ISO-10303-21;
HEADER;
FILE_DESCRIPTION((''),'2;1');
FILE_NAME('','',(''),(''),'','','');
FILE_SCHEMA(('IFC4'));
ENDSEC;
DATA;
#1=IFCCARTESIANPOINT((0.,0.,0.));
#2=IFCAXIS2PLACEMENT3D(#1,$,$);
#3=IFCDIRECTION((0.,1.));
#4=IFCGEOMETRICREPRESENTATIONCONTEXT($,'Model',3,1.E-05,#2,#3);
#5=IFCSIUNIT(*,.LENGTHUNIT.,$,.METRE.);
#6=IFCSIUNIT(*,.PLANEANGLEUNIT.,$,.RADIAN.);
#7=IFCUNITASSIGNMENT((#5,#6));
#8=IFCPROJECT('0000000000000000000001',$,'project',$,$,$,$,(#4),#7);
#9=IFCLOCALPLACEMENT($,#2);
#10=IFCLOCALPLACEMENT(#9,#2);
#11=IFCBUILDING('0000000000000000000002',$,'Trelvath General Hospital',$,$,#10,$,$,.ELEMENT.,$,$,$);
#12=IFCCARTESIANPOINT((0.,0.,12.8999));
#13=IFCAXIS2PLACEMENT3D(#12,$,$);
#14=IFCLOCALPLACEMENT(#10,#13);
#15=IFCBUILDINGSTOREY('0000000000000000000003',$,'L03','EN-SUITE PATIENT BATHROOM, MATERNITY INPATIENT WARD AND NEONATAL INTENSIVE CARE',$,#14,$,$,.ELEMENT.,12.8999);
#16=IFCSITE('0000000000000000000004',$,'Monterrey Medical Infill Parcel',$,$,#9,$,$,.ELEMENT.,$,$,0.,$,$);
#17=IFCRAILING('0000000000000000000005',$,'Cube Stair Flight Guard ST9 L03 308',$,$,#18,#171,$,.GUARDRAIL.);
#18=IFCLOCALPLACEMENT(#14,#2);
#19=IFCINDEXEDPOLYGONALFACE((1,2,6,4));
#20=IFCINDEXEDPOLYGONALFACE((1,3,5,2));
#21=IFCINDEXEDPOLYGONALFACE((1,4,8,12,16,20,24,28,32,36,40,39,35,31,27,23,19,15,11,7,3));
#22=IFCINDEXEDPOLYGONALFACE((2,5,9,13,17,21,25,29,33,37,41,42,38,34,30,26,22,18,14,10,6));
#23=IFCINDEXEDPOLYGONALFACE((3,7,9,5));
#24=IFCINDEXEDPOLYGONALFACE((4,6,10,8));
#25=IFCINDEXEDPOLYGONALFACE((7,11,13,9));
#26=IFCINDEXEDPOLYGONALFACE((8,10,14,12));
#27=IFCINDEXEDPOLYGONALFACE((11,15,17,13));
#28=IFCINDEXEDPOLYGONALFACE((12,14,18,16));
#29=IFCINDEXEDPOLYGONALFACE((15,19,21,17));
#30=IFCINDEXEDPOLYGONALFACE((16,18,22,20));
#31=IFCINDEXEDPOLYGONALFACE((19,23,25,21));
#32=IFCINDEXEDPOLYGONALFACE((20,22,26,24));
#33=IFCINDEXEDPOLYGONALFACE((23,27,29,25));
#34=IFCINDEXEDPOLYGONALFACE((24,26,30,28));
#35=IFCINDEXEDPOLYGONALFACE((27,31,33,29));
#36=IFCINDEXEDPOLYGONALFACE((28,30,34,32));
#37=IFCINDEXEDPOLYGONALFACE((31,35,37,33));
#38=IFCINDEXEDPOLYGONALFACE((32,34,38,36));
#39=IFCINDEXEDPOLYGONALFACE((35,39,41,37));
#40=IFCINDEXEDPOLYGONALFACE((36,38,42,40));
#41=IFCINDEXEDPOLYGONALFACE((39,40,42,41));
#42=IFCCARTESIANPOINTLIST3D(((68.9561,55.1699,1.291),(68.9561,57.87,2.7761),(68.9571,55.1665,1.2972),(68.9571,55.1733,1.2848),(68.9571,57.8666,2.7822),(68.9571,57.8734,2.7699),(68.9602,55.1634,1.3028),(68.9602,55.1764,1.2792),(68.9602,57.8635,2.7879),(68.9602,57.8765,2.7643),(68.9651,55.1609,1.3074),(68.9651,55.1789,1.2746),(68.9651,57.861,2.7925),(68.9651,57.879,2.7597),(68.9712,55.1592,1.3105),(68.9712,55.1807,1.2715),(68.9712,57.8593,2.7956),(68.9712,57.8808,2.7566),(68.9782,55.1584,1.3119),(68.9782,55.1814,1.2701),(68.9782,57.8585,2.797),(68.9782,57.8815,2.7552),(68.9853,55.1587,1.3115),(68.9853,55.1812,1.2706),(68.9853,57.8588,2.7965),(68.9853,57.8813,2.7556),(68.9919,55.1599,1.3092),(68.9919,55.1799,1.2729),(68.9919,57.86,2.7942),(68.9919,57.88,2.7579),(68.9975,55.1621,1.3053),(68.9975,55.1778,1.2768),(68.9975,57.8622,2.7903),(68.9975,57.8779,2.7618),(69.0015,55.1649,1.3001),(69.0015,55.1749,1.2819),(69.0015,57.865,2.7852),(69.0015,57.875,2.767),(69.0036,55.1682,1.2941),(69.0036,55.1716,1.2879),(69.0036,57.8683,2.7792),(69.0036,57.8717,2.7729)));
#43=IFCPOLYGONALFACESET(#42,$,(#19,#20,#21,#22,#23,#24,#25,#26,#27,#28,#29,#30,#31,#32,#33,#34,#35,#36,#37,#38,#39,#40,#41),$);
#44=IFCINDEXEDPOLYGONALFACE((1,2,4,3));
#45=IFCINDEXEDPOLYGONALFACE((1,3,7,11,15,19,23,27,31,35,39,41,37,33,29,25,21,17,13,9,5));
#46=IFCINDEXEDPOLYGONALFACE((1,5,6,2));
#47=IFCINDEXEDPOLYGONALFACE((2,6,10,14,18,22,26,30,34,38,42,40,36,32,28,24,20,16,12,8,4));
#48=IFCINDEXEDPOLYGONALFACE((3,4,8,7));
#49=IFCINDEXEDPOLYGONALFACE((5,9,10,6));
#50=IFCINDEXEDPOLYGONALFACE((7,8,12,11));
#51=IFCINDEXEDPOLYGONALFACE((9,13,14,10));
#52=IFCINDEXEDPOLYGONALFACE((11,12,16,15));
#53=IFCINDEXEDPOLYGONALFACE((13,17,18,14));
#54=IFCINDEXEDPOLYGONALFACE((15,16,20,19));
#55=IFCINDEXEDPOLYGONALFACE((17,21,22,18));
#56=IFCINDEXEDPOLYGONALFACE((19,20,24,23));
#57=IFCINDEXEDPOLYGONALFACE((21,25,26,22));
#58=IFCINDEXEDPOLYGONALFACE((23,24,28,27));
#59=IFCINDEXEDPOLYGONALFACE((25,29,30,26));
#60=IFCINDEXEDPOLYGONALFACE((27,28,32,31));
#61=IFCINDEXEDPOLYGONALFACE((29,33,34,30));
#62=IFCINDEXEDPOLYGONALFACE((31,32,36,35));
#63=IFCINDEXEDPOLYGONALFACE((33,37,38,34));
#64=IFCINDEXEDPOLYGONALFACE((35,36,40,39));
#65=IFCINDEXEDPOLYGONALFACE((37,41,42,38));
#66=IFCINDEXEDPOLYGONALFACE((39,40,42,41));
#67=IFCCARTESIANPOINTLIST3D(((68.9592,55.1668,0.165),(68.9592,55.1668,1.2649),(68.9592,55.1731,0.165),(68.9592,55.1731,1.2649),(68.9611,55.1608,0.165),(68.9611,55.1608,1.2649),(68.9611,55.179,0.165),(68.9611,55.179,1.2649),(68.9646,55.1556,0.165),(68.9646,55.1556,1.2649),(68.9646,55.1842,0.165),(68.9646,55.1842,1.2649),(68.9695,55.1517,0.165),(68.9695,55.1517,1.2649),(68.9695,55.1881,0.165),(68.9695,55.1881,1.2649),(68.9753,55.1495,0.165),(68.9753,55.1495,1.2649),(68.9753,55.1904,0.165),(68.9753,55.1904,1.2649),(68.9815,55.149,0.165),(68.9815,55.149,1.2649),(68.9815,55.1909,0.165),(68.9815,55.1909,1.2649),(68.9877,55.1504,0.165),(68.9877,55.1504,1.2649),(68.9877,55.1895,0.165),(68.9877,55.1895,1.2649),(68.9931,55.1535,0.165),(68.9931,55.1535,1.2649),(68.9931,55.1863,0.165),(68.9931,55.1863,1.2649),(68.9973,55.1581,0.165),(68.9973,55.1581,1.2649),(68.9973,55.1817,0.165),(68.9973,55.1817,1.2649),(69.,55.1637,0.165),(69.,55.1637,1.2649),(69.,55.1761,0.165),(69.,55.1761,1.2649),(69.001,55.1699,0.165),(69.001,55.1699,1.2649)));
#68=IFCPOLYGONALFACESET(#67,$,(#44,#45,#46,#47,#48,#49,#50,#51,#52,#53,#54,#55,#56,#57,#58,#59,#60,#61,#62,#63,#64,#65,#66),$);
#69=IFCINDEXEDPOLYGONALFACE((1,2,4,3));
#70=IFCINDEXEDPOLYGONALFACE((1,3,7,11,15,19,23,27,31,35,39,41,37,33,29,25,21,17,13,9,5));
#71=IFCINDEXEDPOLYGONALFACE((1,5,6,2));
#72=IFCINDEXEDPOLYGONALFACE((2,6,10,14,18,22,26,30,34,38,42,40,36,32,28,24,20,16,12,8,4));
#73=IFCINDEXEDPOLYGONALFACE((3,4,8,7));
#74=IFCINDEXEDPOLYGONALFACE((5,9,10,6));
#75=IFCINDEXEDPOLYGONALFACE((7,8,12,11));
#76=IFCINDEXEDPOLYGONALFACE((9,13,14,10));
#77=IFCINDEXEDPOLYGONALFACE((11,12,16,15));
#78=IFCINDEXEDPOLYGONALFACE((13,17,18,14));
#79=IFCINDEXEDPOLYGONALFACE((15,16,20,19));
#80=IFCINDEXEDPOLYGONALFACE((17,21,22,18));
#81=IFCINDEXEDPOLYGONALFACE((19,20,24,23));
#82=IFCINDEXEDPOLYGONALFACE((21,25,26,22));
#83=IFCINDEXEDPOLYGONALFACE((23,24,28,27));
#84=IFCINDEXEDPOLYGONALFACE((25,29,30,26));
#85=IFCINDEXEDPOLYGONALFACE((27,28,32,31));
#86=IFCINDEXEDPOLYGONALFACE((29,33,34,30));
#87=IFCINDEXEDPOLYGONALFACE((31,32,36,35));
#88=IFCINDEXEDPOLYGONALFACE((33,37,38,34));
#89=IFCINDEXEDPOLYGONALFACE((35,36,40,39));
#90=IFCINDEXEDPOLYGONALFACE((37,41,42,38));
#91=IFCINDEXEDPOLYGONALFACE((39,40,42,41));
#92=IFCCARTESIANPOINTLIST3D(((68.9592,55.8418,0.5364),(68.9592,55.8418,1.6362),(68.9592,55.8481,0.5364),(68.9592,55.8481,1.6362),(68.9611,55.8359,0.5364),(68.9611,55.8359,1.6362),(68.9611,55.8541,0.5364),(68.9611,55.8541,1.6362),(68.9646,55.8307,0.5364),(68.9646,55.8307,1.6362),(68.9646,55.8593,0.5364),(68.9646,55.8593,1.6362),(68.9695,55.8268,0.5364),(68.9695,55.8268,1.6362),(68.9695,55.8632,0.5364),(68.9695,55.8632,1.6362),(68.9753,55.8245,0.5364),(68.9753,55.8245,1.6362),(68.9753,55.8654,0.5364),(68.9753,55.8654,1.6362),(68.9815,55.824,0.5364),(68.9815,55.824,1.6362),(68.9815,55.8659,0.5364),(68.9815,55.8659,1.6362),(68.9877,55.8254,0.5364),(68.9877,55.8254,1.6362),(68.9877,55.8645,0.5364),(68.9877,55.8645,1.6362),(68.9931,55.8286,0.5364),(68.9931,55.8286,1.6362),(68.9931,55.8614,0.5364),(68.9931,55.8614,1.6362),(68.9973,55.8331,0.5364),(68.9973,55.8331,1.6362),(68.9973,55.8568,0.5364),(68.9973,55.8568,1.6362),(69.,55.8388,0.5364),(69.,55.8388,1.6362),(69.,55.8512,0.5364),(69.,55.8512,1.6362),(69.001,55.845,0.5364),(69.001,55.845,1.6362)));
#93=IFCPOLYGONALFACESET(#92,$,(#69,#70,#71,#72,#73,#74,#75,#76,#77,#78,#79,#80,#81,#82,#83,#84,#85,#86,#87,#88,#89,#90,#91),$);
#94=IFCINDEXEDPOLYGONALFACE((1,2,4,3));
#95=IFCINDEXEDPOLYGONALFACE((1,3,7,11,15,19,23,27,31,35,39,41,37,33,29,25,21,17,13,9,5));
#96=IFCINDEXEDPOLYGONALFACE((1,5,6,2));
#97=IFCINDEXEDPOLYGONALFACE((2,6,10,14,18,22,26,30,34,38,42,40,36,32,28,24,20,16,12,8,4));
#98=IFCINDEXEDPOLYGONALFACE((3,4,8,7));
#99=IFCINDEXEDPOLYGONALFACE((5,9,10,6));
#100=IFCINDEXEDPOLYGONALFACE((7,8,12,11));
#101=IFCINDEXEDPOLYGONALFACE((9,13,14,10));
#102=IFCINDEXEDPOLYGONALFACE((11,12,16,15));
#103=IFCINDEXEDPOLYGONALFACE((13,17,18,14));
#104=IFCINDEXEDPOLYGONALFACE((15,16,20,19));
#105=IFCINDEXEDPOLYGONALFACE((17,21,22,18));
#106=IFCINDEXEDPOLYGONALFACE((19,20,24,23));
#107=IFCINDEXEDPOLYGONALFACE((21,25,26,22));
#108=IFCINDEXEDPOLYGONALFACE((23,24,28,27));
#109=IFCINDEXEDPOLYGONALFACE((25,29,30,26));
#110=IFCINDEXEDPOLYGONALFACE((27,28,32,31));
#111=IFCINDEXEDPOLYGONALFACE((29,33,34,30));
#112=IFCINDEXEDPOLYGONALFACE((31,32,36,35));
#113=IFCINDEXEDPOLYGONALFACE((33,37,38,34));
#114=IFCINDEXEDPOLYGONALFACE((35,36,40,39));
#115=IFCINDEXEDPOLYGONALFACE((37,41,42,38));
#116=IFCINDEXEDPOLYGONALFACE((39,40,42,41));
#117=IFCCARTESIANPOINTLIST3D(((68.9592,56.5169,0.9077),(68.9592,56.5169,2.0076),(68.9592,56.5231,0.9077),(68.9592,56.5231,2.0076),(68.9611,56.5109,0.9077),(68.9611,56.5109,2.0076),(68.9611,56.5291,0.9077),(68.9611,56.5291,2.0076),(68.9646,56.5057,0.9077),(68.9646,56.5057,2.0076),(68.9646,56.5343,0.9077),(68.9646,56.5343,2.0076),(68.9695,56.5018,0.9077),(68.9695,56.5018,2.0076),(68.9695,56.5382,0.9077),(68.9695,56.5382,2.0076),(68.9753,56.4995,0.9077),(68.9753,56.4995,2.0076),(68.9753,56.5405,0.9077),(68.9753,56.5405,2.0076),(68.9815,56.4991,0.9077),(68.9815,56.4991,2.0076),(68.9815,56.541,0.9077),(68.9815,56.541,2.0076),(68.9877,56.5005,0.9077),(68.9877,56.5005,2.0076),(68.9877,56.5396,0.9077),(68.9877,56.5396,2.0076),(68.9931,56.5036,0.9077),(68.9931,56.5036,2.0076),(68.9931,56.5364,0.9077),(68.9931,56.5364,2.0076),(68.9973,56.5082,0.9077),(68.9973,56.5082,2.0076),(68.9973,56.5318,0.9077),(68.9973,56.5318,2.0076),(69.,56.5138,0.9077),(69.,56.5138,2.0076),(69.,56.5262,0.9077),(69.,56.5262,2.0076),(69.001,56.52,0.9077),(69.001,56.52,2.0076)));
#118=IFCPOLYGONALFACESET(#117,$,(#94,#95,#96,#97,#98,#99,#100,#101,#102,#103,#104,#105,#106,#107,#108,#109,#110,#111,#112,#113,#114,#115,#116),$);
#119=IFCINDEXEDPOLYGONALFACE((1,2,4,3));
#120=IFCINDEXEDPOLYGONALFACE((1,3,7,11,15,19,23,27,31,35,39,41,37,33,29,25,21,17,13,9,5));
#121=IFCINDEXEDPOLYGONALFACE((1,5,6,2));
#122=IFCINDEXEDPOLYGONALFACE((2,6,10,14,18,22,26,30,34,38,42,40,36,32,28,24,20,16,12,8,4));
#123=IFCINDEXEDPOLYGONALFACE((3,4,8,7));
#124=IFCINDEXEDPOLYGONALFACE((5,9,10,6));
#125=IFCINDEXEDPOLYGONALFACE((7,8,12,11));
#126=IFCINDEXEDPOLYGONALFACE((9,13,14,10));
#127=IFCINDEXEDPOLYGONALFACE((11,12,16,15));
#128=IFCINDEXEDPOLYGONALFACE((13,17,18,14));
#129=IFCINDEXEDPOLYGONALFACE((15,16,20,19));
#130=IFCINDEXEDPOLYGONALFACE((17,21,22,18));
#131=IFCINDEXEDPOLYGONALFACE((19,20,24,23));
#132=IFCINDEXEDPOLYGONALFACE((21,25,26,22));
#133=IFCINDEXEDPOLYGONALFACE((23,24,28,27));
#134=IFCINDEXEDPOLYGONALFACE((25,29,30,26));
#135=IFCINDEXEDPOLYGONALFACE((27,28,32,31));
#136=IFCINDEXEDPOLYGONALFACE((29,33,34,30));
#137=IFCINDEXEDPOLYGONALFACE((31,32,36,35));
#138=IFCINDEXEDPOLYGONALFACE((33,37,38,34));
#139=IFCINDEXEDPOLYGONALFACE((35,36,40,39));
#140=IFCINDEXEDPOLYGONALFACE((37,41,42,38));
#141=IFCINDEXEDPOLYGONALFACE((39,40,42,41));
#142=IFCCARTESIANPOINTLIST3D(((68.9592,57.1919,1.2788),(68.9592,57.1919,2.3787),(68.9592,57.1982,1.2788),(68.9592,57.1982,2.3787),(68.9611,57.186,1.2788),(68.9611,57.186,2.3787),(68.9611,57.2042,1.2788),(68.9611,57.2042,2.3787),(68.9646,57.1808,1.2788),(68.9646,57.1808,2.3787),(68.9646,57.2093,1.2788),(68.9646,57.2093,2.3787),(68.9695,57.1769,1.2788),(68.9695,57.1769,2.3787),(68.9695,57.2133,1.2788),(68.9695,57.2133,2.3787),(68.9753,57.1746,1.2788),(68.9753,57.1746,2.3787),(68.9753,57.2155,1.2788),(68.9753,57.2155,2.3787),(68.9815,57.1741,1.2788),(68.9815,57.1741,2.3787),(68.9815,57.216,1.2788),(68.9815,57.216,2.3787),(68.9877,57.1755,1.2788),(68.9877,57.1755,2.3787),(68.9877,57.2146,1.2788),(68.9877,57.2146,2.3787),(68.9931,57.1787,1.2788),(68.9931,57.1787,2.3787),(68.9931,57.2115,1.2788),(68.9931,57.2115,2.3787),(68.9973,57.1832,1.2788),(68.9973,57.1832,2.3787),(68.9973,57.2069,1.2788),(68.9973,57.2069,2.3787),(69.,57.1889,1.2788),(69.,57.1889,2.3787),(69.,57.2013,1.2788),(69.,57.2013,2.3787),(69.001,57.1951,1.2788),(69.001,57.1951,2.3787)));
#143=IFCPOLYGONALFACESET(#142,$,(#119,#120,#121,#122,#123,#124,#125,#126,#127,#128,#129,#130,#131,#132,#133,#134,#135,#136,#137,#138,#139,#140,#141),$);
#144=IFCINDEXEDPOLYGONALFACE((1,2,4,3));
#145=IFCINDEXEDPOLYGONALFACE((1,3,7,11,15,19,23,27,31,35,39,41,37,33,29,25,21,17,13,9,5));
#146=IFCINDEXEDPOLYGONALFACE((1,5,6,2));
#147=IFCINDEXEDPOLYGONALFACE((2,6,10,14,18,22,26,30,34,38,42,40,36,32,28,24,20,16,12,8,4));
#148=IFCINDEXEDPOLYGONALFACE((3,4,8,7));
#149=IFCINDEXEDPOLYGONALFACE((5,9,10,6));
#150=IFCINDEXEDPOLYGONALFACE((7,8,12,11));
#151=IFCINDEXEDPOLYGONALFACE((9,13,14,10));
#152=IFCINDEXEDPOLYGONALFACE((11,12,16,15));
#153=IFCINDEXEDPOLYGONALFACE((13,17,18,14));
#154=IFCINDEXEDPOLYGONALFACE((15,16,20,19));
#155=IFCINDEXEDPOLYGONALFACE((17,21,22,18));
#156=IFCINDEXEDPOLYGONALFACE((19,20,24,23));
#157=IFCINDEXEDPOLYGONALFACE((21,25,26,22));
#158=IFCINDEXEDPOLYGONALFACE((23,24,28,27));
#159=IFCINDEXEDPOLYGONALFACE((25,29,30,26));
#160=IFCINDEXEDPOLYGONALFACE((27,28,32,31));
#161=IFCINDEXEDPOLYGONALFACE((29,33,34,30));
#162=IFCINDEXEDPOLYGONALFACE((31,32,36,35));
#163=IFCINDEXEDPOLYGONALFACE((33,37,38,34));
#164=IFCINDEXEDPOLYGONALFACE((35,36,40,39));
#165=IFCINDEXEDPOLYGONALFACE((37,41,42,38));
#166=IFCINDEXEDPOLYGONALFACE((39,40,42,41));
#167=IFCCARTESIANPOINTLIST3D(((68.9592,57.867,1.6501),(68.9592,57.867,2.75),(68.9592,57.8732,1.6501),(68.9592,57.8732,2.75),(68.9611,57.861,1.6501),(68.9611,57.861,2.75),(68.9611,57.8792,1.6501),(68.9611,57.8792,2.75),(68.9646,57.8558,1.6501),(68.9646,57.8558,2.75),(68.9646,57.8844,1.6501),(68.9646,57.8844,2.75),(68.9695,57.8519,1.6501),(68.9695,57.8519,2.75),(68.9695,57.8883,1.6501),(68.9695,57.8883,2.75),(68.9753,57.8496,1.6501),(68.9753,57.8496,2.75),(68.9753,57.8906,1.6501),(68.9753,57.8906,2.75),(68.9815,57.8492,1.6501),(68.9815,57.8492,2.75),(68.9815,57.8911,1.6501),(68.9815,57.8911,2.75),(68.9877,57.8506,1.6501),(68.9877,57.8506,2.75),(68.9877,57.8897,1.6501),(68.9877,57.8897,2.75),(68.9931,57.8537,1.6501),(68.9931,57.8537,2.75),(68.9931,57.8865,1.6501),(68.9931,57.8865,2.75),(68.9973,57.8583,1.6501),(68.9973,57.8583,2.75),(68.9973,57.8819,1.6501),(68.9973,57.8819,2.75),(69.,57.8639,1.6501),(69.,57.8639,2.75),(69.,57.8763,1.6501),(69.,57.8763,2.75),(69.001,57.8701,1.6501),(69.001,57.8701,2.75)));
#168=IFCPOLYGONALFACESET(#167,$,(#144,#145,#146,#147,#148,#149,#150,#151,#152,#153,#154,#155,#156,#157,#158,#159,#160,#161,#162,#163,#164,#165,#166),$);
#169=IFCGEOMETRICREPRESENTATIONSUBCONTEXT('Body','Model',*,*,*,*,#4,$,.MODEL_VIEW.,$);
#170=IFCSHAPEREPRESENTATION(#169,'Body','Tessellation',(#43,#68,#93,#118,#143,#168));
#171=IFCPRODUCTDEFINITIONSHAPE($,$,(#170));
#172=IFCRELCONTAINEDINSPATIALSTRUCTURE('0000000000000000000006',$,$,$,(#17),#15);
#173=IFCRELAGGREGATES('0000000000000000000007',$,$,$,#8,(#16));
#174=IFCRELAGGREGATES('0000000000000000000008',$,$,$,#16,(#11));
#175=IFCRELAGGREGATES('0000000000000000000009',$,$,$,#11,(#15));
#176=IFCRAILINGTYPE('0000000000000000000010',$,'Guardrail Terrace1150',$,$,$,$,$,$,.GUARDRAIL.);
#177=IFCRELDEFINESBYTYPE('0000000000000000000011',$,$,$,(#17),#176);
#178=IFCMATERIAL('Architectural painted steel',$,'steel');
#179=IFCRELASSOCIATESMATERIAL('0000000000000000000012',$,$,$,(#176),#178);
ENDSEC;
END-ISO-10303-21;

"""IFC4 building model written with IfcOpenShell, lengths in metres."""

from ifc_helpers import new_model, si_unit, direction, frame, origin, origin_2d, place, context, subcontext, project, spatial, circle, extrude, material, type_object, element, save


model = new_model("IFC4")

# Units and contexts
model_context = context("Model", 3, precision=1e-05, world=origin(), true_north=direction((0.0, 1.0)))
body_context = subcontext(model_context, "Body", "Model", "MODEL_VIEW")
ifc_project = project(units=[si_unit("LENGTHUNIT", "METRE"), si_unit("PLANEANGLEUNIT", "RADIAN")], contexts=[model_context])

# Site, building, storey
site_placement = place(None, origin())
site = spatial("IfcSite", under=ifc_project, at=site_placement, Name="Monterrey Medical Infill Parcel", CompositionType="ELEMENT", RefElevation=0.0)
building_placement = place(site_placement, origin())
building = spatial("IfcBuilding", under=site, at=building_placement, Name="Trelvath General Hospital", CompositionType="ELEMENT")
storey_placement = place(building_placement, frame((0.0, 0.0, 12.8999)))
storey = spatial("IfcBuildingStorey", under=building, at=storey_placement, Name="L03", Description="EN-SUITE PATIENT BATHROOM, MATERNITY INPATIENT WARD AND NEONATAL INTENSIVE CARE", CompositionType="ELEMENT", Elevation=12.8999)

# Railing
ifc_material_1 = material(Name="Architectural painted steel", Category="steel")
railing_type = type_object("IfcRailingType", Name="Guardrail Terrace1150", PredefinedType="GUARDRAIL", material=ifc_material_1)
railing_1_placement = place(storey_placement, frame((68.98, 55.1699, 0.165)))
element("IfcRailing", 1, at=railing_1_placement, inside=storey, type_object=railing_type, Name="Cube Stair Flight Guard ST9 L03 308", PredefinedType="GUARDRAIL", context=body_context, shape_type="SweptSolid", body=[
    extrude(circle(Radius=0.0239, at=origin_2d()), frame((0.0, 0.0, 1.126), z_axis=(0.0, 0.876216, 0.481919), x_axis=(-1.0, 0.0, 0.0)), (0.0, 0.0, 1.0), 3.0815),
    extrude(circle(Radius=0.021, at=origin_2d()), origin(), (0.0, 0.0, 1.0), 1.0999),
    extrude(circle(Radius=0.021, at=origin_2d()), frame((0.0, 0.675, 0.3713)), (0.0, 0.0, 1.0), 1.0999),
    extrude(circle(Radius=0.021, at=origin_2d()), frame((0.0, 1.3501, 0.7427)), (0.0, 0.0, 1.0), 1.0999),
    extrude(circle(Radius=0.021, at=origin_2d()), frame((0.0, 2.0251, 1.1138)), (0.0, 0.0, 1.0), 1.0999),
    extrude(circle(Radius=0.021, at=origin_2d()), frame((0.0, 2.7002, 1.4851)), (0.0, 0.0, 1.0), 1.0999),
])

save(model, "model.ifc")
